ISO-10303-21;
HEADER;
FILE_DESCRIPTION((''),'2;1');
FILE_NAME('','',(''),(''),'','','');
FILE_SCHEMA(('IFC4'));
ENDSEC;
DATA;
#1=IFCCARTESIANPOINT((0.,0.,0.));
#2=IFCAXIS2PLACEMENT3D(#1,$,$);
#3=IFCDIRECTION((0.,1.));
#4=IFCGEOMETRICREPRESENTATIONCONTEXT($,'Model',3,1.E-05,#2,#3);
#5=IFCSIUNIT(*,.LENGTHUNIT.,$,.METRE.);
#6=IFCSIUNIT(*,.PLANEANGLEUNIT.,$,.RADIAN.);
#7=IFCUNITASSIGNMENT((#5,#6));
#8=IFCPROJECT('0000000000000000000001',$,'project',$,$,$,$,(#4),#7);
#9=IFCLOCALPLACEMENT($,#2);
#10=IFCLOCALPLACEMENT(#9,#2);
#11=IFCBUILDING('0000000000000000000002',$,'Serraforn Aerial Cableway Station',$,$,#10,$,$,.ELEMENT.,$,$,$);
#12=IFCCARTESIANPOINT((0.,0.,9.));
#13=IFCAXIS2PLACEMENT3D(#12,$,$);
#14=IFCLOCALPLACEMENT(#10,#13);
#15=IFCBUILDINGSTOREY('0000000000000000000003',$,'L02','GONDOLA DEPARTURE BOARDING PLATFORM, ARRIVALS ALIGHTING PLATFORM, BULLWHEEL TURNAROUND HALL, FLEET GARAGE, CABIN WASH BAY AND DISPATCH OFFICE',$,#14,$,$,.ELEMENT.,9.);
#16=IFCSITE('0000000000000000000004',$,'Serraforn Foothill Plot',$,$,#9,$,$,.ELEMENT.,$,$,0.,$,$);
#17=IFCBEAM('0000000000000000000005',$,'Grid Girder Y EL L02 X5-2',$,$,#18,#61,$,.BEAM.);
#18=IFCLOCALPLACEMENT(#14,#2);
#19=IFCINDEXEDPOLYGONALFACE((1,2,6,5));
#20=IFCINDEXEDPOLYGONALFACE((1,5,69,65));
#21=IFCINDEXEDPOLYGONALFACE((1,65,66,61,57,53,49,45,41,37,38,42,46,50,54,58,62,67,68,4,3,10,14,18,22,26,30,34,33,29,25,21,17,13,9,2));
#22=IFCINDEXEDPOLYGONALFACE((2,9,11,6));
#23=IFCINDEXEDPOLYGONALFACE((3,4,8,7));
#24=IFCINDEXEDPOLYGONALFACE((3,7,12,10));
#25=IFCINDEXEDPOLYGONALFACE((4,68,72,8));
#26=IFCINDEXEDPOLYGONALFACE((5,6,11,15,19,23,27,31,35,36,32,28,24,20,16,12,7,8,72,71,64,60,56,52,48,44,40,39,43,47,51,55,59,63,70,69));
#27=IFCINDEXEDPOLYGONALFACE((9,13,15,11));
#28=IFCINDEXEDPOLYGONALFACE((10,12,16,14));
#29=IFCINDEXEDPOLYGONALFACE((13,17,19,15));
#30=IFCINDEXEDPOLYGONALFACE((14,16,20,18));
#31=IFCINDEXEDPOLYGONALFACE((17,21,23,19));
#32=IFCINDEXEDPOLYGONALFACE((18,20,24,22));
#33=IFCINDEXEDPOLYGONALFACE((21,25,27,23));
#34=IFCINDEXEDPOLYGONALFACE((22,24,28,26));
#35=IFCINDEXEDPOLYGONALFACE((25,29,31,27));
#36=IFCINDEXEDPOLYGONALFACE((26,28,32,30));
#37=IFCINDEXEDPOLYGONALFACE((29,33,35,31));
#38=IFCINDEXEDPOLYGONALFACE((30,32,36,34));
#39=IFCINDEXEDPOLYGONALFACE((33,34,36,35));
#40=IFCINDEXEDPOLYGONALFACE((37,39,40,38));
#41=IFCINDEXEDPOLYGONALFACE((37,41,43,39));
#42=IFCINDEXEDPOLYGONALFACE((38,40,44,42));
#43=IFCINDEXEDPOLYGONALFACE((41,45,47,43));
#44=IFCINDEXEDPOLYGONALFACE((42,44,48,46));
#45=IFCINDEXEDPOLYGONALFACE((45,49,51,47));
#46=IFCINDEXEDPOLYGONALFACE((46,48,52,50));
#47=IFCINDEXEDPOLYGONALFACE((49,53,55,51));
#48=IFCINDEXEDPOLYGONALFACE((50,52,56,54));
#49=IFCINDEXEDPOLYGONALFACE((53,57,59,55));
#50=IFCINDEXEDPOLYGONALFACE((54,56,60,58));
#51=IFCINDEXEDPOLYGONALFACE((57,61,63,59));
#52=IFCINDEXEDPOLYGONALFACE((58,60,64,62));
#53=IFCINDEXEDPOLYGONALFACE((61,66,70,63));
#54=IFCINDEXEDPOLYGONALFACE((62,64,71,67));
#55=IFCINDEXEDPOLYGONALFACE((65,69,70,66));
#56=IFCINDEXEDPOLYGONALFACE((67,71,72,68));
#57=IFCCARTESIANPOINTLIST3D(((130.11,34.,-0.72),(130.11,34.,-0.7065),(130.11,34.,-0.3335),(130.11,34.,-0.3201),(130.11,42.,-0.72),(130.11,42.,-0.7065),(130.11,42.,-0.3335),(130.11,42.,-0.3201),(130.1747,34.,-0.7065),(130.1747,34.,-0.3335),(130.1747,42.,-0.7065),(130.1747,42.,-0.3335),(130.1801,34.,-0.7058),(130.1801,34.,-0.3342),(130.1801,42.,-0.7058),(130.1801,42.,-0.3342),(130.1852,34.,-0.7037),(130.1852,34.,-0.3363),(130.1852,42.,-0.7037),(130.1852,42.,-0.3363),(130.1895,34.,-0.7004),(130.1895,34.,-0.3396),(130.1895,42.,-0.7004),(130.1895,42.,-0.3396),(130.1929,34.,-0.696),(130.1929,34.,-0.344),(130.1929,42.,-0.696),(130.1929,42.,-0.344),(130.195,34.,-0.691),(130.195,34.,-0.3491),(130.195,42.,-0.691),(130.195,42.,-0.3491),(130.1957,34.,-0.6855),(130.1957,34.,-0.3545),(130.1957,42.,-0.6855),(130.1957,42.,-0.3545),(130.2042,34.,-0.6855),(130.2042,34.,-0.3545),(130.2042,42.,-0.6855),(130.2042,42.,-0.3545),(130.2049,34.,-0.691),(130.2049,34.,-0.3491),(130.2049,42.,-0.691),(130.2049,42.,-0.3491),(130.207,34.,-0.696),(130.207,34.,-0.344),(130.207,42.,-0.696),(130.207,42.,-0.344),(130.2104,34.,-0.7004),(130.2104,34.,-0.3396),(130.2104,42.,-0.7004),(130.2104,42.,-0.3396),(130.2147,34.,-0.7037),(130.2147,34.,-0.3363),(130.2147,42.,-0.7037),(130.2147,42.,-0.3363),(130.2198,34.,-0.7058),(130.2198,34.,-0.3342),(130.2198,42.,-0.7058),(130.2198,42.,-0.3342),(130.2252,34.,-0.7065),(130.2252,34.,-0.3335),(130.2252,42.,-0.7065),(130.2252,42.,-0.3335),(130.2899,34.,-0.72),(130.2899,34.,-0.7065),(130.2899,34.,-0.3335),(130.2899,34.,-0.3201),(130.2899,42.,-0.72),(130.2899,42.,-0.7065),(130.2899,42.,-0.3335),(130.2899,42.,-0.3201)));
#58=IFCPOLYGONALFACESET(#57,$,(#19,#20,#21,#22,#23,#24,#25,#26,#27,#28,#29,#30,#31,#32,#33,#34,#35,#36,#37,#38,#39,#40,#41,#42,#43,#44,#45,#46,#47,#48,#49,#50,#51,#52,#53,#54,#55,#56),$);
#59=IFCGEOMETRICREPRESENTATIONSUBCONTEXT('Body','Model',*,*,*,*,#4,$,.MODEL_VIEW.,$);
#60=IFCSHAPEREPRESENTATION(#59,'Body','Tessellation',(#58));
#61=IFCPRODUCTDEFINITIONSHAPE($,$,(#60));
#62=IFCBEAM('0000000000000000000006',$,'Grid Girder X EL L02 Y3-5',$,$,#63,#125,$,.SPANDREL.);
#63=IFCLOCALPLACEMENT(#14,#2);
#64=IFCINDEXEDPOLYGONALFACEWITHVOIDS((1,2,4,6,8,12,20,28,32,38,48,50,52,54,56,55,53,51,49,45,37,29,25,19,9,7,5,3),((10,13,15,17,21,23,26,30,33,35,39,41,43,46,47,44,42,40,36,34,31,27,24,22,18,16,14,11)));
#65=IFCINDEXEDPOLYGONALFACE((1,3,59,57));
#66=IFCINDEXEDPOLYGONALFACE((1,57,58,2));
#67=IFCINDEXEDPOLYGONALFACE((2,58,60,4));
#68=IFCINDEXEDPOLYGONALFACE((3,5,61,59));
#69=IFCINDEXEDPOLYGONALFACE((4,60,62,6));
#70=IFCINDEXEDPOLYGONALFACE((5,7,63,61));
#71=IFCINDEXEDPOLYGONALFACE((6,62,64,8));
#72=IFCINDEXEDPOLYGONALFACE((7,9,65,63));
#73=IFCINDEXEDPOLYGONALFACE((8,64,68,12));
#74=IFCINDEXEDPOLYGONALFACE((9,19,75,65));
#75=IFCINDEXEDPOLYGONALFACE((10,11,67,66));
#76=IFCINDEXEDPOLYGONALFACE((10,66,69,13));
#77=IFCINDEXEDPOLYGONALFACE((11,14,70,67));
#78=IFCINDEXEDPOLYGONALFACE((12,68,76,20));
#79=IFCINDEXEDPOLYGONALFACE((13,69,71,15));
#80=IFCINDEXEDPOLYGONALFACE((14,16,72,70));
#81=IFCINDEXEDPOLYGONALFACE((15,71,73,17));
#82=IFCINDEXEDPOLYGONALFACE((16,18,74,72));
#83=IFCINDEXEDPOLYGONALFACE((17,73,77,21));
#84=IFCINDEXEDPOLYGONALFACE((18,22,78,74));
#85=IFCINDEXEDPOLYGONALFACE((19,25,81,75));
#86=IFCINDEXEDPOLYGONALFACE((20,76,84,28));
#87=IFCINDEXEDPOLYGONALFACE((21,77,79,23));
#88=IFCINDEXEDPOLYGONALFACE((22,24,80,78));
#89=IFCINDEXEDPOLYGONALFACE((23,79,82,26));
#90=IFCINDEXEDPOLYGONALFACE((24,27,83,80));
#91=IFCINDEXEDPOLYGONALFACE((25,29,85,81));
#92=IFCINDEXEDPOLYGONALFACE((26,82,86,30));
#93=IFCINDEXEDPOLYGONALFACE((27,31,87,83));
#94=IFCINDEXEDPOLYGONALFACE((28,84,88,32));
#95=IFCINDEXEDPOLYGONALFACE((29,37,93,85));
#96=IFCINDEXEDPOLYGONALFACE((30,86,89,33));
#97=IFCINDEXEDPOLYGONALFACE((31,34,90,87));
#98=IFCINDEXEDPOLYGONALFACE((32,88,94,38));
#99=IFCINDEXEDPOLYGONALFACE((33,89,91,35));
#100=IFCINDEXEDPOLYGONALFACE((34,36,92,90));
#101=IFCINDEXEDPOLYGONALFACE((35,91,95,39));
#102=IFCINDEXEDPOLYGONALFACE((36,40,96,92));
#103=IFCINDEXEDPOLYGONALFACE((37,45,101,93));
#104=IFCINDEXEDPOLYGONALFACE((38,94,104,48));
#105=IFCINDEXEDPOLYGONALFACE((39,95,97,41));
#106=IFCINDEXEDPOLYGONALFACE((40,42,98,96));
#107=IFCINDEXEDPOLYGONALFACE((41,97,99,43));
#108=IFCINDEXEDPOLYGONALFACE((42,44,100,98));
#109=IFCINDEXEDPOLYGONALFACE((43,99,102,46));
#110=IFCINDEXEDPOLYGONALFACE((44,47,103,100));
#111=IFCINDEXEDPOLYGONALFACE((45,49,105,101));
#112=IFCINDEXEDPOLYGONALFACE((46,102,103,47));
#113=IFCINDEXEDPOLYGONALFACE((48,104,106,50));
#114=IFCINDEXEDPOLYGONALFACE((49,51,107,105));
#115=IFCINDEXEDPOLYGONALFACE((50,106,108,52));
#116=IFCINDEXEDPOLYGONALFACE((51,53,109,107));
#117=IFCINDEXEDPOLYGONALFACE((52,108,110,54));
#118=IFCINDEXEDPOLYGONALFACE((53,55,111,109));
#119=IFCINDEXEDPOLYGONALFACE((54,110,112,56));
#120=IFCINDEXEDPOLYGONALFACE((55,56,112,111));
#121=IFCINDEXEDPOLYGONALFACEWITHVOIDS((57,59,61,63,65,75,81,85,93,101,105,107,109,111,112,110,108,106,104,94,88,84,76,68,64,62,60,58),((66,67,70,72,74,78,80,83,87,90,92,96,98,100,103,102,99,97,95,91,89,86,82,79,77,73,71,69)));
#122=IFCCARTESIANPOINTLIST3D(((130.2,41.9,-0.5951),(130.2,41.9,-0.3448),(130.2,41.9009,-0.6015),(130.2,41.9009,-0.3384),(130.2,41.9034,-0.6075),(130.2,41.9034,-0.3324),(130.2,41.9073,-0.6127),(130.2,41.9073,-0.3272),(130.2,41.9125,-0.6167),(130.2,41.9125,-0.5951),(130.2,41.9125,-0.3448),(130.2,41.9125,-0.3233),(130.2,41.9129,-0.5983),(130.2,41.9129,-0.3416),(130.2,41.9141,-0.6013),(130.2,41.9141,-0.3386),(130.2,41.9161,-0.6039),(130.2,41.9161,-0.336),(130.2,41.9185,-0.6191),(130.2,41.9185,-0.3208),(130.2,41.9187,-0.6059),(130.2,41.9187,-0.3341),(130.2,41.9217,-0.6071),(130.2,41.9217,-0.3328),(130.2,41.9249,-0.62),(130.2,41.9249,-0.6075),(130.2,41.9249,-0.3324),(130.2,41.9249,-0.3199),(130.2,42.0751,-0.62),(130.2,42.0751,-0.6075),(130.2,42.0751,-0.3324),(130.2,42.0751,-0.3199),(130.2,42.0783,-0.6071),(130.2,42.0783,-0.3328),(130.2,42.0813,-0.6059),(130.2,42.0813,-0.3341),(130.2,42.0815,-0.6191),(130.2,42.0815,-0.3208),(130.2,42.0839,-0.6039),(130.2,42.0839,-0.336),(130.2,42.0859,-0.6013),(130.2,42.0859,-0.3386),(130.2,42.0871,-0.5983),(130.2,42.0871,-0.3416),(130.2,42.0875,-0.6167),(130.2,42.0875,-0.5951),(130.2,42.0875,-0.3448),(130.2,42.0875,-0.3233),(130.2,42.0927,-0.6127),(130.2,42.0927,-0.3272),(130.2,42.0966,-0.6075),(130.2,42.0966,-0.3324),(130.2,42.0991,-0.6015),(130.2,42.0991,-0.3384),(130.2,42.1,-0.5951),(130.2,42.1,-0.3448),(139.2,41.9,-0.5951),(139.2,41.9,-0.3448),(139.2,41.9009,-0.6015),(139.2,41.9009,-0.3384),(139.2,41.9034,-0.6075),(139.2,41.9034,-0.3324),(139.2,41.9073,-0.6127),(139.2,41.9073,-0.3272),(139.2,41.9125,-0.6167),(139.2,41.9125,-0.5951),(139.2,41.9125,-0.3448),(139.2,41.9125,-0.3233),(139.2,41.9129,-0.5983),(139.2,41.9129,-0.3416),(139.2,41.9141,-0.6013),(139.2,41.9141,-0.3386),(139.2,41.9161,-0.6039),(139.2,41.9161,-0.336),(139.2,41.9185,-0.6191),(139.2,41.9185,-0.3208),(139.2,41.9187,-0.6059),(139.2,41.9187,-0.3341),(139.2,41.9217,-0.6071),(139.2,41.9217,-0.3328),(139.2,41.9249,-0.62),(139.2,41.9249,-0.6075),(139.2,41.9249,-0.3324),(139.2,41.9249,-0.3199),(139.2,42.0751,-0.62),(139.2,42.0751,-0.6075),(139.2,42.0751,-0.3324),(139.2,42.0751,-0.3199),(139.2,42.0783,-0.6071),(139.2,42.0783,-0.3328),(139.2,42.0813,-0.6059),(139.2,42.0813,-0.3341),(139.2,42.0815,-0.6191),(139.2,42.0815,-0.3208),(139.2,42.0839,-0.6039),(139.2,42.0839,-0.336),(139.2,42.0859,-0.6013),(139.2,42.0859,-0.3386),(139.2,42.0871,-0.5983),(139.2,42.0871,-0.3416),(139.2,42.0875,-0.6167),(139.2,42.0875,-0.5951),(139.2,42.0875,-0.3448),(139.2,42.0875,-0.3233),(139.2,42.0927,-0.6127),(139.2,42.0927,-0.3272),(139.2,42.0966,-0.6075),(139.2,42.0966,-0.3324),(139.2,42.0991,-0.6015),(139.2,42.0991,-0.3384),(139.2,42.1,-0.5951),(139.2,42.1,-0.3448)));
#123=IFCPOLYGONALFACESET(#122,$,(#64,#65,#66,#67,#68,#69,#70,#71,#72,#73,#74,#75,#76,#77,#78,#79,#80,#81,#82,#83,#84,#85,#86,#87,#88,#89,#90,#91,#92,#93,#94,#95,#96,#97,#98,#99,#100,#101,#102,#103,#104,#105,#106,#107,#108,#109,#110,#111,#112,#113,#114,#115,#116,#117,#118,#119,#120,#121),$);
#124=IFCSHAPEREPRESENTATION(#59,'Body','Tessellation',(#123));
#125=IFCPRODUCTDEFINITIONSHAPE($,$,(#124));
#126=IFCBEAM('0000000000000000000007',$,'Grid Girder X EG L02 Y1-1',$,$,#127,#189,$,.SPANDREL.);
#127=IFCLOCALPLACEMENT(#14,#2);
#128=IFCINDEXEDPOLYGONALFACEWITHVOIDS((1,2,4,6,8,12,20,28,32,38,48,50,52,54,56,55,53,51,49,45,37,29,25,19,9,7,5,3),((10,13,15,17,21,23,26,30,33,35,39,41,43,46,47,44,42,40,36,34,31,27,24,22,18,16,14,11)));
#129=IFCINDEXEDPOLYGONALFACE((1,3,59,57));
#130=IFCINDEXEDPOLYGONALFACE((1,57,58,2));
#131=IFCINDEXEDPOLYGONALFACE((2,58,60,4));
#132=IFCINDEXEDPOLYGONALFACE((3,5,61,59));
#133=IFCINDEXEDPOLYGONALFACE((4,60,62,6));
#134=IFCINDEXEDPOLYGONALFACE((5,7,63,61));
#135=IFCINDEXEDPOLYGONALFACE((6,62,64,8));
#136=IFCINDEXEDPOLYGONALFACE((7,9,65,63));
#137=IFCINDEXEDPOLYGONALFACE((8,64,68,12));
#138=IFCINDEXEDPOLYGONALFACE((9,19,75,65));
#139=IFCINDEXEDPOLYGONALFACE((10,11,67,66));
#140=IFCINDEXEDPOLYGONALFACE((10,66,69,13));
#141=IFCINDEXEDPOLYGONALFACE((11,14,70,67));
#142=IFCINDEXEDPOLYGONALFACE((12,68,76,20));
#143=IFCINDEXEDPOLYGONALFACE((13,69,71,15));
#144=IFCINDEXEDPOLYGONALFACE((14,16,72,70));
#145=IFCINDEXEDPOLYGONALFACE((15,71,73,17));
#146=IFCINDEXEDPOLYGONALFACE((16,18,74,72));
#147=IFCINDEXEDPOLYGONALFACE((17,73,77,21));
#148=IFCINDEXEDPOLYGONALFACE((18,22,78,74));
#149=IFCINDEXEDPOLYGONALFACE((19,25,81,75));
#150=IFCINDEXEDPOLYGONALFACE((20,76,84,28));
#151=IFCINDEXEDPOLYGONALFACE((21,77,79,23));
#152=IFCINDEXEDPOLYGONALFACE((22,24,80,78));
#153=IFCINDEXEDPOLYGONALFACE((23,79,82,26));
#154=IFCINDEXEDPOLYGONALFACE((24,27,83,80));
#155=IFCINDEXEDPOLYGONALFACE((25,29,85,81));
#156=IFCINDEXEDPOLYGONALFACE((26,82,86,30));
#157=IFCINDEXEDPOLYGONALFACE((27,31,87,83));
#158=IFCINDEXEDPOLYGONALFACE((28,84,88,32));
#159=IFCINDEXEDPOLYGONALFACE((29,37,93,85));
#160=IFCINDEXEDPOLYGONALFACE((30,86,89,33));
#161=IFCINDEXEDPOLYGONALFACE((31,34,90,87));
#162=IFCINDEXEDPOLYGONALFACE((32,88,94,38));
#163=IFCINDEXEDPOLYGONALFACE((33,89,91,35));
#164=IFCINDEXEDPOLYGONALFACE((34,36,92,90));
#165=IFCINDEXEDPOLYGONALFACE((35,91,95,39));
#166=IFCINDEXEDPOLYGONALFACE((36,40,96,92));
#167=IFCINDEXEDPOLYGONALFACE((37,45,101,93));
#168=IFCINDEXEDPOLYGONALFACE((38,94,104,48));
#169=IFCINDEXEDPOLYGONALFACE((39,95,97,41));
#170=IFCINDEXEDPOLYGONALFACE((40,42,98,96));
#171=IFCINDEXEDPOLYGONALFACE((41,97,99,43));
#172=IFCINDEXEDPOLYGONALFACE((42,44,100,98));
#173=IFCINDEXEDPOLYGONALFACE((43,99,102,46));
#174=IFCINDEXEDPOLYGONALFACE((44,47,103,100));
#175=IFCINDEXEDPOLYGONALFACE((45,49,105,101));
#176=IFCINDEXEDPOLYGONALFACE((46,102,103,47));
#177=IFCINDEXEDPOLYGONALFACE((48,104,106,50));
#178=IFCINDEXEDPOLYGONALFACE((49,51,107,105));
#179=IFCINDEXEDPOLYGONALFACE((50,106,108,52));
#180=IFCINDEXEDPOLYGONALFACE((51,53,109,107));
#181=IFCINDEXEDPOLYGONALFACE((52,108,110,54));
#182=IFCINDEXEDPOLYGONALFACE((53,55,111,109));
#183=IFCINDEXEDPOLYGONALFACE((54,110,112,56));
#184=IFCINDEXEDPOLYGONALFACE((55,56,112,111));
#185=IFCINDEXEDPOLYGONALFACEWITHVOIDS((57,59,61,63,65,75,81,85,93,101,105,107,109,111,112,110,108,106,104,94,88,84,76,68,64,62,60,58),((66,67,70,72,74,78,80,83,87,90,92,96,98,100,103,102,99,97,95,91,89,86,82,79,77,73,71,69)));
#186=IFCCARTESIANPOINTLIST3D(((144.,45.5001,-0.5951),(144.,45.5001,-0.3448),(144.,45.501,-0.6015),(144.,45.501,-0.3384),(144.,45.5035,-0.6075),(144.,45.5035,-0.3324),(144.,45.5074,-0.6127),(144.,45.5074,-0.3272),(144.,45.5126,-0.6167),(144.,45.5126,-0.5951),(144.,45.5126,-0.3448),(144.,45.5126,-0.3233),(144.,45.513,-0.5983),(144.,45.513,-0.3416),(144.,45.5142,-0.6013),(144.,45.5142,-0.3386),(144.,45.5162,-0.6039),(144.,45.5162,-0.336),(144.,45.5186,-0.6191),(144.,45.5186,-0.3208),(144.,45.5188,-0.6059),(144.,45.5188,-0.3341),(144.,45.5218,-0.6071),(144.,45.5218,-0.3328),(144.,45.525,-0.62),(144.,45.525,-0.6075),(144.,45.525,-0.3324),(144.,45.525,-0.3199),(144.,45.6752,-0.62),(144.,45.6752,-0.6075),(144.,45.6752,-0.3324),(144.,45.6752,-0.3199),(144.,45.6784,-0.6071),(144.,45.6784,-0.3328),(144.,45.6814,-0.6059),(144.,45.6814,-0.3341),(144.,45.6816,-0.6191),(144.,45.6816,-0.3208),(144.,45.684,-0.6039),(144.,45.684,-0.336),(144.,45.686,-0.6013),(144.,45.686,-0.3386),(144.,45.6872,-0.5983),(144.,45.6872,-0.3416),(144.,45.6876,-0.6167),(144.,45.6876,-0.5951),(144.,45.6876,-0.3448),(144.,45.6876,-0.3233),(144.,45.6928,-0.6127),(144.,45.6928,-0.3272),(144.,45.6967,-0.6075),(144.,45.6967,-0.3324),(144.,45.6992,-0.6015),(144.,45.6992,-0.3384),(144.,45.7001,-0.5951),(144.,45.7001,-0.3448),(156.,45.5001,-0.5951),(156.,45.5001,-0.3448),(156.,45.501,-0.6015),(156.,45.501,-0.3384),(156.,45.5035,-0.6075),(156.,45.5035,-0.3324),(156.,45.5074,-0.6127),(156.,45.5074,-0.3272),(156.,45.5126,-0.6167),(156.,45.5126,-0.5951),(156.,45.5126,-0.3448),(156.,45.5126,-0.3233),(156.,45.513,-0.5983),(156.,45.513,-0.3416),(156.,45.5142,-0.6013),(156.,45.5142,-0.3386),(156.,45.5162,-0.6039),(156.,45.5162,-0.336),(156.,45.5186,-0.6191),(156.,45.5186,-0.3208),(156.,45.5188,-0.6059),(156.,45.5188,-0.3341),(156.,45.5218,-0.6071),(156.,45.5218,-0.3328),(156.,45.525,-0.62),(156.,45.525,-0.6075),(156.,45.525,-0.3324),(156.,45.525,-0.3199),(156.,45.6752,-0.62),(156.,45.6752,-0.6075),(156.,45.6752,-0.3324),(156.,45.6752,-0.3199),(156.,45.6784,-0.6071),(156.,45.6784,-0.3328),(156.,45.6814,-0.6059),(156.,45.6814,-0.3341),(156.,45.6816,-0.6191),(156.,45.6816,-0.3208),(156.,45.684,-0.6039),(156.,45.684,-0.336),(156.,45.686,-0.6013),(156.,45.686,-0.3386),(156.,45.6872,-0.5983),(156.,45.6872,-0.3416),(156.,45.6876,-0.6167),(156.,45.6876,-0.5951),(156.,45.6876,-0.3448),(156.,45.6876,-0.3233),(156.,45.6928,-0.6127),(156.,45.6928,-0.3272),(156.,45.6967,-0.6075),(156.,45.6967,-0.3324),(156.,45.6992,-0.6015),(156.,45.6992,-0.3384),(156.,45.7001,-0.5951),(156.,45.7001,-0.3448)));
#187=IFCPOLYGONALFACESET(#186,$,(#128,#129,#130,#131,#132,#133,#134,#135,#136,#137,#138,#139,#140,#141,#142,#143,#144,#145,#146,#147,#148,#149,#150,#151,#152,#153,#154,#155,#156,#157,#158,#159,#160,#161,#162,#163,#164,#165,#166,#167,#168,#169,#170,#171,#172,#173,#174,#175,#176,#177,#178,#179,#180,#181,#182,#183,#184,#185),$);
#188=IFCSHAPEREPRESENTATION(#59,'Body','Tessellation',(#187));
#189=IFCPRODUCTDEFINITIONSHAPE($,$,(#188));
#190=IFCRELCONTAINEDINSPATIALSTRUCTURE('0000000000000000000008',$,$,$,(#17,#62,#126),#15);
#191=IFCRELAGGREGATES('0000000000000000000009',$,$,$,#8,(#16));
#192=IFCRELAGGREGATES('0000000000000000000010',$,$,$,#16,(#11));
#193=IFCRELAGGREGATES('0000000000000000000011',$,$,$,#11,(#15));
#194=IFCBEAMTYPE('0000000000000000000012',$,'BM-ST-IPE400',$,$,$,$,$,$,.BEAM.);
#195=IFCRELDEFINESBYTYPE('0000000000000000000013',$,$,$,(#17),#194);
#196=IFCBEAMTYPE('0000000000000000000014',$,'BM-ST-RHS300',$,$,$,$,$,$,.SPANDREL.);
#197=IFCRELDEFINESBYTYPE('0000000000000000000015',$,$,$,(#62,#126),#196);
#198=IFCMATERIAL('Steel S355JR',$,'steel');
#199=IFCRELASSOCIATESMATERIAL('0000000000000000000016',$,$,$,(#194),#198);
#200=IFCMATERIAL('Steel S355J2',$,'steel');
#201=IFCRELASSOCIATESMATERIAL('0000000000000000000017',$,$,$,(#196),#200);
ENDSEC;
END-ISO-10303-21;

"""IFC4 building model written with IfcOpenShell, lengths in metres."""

from ifc_helpers import new_model, si_unit, direction, frame, origin, origin_2d, place, context, subcontext, project, spatial, hollow_rectangle, i_section, extrude, material, material_profile, profile_set, type_object, element, save


model = new_model("IFC4")

# Units and contexts
model_context = context("Model", 3, precision=1e-05, world=origin(), true_north=direction((0.0, 1.0)))
body_context = subcontext(model_context, "Body", "Model", "MODEL_VIEW")
ifc_project = project(units=[si_unit("LENGTHUNIT", "METRE"), si_unit("PLANEANGLEUNIT", "RADIAN")], contexts=[model_context])

# Site, building, storey
site_placement = place(None, origin())
site = spatial("IfcSite", under=ifc_project, at=site_placement, Name="Serraforn Foothill Plot", CompositionType="ELEMENT", RefElevation=0.0)
building_placement = place(site_placement, origin())
building = spatial("IfcBuilding", under=site, at=building_placement, Name="Serraforn Aerial Cableway Station", CompositionType="ELEMENT")
storey_placement = place(building_placement, frame((0.0, 0.0, 9.0)))
storey = spatial("IfcBuildingStorey", under=building, at=storey_placement, Name="L02", Description="GONDOLA DEPARTURE BOARDING PLATFORM, ARRIVALS ALIGHTING PLATFORM, BULLWHEEL TURNAROUND HALL, FLEET GARAGE, CABIN WASH BAY AND DISPATCH OFFICE", CompositionType="ELEMENT", Elevation=9.0)

# Shared definitions
ifc_material_1 = material(Name="Steel S355J2", Category="steel")

# Beams
ifc_material_2 = material(Name="Steel S355JR", Category="steel")
ifc_material_profile_1 = material_profile(ifc_material_2, i_section(OverallWidth=0.1799, OverallDepth=0.3999, WebThickness=0.0085, FlangeThickness=0.0134, FilletRadius=0.021, at=origin_2d()), Name="IPE 400")
ifc_profile_set_1 = profile_set([ifc_material_profile_1], Name="Steel S355JR")
beam_type_1 = type_object("IfcBeamType", Name="BM-ST-IPE400", PredefinedType="BEAM", material=ifc_profile_set_1)
beam_1_placement = place(storey_placement, frame((130.2, 34.0, -0.52), z_axis=(0.0, 1.0, 0.0), x_axis=(-1.0, 0.0, 0.0)))
element("IfcBeam", 1, at=beam_1_placement, inside=storey, type_object=beam_type_1, Name="Grid Girder Y EL L02 X5-2", PredefinedType="BEAM", context=body_context, shape_type="SweptSolid", body=[
    extrude(i_section(OverallWidth=0.1799, OverallDepth=0.3999, WebThickness=0.0085, FlangeThickness=0.0134, FilletRadius=0.021, at=origin_2d()), origin(), (0.0, 0.0, 1.0), 8.0),
])
ifc_material_profile_2 = material_profile(ifc_material_1, hollow_rectangle(XDim=0.2, YDim=0.3, WallThickness=0.0125, InnerFilletRadius=0.0125, OuterFilletRadius=0.0249, at=origin_2d()), Name="RHS 300x200x12.5")
ifc_profile_set_2 = profile_set([ifc_material_profile_2], Name="Steel S355J2")
beam_type_2 = type_object("IfcBeamType", Name="BM-ST-RHS300", PredefinedType="SPANDREL", material=ifc_profile_set_2)
beam_2_placement = place(storey_placement, frame((130.2, 42.0, -0.47), z_axis=(1.0, 0.0, 0.0), x_axis=(0.0, 1.0, 0.0)))
element("IfcBeam", 2, at=beam_2_placement, inside=storey, type_object=beam_type_2, Name="Grid Girder X EL L02 Y3-5", PredefinedType="SPANDREL", context=body_context, shape_type="SweptSolid", body=[
    extrude(hollow_rectangle(XDim=0.2, YDim=0.3, WallThickness=0.0125, InnerFilletRadius=0.0125, OuterFilletRadius=0.0249, at=origin_2d()), origin(), (0.0, 0.0, 1.0), 9.0),
])
beam_3_placement = place(storey_placement, frame((144.0, 45.6001, -0.47), z_axis=(1.0, 0.0, 0.0), x_axis=(0.0, 1.0, 0.0)))
element("IfcBeam", 3, at=beam_3_placement, inside=storey, type_object=beam_type_2, Name="Grid Girder X EG L02 Y1-1", PredefinedType="SPANDREL", context=body_context, shape_type="SweptSolid", body=[
    extrude(hollow_rectangle(XDim=0.2, YDim=0.3, WallThickness=0.0125, InnerFilletRadius=0.0125, OuterFilletRadius=0.0249, at=origin_2d()), origin(), (0.0, 0.0, 1.0), 12.0),
])

save(model, "model.ifc")
